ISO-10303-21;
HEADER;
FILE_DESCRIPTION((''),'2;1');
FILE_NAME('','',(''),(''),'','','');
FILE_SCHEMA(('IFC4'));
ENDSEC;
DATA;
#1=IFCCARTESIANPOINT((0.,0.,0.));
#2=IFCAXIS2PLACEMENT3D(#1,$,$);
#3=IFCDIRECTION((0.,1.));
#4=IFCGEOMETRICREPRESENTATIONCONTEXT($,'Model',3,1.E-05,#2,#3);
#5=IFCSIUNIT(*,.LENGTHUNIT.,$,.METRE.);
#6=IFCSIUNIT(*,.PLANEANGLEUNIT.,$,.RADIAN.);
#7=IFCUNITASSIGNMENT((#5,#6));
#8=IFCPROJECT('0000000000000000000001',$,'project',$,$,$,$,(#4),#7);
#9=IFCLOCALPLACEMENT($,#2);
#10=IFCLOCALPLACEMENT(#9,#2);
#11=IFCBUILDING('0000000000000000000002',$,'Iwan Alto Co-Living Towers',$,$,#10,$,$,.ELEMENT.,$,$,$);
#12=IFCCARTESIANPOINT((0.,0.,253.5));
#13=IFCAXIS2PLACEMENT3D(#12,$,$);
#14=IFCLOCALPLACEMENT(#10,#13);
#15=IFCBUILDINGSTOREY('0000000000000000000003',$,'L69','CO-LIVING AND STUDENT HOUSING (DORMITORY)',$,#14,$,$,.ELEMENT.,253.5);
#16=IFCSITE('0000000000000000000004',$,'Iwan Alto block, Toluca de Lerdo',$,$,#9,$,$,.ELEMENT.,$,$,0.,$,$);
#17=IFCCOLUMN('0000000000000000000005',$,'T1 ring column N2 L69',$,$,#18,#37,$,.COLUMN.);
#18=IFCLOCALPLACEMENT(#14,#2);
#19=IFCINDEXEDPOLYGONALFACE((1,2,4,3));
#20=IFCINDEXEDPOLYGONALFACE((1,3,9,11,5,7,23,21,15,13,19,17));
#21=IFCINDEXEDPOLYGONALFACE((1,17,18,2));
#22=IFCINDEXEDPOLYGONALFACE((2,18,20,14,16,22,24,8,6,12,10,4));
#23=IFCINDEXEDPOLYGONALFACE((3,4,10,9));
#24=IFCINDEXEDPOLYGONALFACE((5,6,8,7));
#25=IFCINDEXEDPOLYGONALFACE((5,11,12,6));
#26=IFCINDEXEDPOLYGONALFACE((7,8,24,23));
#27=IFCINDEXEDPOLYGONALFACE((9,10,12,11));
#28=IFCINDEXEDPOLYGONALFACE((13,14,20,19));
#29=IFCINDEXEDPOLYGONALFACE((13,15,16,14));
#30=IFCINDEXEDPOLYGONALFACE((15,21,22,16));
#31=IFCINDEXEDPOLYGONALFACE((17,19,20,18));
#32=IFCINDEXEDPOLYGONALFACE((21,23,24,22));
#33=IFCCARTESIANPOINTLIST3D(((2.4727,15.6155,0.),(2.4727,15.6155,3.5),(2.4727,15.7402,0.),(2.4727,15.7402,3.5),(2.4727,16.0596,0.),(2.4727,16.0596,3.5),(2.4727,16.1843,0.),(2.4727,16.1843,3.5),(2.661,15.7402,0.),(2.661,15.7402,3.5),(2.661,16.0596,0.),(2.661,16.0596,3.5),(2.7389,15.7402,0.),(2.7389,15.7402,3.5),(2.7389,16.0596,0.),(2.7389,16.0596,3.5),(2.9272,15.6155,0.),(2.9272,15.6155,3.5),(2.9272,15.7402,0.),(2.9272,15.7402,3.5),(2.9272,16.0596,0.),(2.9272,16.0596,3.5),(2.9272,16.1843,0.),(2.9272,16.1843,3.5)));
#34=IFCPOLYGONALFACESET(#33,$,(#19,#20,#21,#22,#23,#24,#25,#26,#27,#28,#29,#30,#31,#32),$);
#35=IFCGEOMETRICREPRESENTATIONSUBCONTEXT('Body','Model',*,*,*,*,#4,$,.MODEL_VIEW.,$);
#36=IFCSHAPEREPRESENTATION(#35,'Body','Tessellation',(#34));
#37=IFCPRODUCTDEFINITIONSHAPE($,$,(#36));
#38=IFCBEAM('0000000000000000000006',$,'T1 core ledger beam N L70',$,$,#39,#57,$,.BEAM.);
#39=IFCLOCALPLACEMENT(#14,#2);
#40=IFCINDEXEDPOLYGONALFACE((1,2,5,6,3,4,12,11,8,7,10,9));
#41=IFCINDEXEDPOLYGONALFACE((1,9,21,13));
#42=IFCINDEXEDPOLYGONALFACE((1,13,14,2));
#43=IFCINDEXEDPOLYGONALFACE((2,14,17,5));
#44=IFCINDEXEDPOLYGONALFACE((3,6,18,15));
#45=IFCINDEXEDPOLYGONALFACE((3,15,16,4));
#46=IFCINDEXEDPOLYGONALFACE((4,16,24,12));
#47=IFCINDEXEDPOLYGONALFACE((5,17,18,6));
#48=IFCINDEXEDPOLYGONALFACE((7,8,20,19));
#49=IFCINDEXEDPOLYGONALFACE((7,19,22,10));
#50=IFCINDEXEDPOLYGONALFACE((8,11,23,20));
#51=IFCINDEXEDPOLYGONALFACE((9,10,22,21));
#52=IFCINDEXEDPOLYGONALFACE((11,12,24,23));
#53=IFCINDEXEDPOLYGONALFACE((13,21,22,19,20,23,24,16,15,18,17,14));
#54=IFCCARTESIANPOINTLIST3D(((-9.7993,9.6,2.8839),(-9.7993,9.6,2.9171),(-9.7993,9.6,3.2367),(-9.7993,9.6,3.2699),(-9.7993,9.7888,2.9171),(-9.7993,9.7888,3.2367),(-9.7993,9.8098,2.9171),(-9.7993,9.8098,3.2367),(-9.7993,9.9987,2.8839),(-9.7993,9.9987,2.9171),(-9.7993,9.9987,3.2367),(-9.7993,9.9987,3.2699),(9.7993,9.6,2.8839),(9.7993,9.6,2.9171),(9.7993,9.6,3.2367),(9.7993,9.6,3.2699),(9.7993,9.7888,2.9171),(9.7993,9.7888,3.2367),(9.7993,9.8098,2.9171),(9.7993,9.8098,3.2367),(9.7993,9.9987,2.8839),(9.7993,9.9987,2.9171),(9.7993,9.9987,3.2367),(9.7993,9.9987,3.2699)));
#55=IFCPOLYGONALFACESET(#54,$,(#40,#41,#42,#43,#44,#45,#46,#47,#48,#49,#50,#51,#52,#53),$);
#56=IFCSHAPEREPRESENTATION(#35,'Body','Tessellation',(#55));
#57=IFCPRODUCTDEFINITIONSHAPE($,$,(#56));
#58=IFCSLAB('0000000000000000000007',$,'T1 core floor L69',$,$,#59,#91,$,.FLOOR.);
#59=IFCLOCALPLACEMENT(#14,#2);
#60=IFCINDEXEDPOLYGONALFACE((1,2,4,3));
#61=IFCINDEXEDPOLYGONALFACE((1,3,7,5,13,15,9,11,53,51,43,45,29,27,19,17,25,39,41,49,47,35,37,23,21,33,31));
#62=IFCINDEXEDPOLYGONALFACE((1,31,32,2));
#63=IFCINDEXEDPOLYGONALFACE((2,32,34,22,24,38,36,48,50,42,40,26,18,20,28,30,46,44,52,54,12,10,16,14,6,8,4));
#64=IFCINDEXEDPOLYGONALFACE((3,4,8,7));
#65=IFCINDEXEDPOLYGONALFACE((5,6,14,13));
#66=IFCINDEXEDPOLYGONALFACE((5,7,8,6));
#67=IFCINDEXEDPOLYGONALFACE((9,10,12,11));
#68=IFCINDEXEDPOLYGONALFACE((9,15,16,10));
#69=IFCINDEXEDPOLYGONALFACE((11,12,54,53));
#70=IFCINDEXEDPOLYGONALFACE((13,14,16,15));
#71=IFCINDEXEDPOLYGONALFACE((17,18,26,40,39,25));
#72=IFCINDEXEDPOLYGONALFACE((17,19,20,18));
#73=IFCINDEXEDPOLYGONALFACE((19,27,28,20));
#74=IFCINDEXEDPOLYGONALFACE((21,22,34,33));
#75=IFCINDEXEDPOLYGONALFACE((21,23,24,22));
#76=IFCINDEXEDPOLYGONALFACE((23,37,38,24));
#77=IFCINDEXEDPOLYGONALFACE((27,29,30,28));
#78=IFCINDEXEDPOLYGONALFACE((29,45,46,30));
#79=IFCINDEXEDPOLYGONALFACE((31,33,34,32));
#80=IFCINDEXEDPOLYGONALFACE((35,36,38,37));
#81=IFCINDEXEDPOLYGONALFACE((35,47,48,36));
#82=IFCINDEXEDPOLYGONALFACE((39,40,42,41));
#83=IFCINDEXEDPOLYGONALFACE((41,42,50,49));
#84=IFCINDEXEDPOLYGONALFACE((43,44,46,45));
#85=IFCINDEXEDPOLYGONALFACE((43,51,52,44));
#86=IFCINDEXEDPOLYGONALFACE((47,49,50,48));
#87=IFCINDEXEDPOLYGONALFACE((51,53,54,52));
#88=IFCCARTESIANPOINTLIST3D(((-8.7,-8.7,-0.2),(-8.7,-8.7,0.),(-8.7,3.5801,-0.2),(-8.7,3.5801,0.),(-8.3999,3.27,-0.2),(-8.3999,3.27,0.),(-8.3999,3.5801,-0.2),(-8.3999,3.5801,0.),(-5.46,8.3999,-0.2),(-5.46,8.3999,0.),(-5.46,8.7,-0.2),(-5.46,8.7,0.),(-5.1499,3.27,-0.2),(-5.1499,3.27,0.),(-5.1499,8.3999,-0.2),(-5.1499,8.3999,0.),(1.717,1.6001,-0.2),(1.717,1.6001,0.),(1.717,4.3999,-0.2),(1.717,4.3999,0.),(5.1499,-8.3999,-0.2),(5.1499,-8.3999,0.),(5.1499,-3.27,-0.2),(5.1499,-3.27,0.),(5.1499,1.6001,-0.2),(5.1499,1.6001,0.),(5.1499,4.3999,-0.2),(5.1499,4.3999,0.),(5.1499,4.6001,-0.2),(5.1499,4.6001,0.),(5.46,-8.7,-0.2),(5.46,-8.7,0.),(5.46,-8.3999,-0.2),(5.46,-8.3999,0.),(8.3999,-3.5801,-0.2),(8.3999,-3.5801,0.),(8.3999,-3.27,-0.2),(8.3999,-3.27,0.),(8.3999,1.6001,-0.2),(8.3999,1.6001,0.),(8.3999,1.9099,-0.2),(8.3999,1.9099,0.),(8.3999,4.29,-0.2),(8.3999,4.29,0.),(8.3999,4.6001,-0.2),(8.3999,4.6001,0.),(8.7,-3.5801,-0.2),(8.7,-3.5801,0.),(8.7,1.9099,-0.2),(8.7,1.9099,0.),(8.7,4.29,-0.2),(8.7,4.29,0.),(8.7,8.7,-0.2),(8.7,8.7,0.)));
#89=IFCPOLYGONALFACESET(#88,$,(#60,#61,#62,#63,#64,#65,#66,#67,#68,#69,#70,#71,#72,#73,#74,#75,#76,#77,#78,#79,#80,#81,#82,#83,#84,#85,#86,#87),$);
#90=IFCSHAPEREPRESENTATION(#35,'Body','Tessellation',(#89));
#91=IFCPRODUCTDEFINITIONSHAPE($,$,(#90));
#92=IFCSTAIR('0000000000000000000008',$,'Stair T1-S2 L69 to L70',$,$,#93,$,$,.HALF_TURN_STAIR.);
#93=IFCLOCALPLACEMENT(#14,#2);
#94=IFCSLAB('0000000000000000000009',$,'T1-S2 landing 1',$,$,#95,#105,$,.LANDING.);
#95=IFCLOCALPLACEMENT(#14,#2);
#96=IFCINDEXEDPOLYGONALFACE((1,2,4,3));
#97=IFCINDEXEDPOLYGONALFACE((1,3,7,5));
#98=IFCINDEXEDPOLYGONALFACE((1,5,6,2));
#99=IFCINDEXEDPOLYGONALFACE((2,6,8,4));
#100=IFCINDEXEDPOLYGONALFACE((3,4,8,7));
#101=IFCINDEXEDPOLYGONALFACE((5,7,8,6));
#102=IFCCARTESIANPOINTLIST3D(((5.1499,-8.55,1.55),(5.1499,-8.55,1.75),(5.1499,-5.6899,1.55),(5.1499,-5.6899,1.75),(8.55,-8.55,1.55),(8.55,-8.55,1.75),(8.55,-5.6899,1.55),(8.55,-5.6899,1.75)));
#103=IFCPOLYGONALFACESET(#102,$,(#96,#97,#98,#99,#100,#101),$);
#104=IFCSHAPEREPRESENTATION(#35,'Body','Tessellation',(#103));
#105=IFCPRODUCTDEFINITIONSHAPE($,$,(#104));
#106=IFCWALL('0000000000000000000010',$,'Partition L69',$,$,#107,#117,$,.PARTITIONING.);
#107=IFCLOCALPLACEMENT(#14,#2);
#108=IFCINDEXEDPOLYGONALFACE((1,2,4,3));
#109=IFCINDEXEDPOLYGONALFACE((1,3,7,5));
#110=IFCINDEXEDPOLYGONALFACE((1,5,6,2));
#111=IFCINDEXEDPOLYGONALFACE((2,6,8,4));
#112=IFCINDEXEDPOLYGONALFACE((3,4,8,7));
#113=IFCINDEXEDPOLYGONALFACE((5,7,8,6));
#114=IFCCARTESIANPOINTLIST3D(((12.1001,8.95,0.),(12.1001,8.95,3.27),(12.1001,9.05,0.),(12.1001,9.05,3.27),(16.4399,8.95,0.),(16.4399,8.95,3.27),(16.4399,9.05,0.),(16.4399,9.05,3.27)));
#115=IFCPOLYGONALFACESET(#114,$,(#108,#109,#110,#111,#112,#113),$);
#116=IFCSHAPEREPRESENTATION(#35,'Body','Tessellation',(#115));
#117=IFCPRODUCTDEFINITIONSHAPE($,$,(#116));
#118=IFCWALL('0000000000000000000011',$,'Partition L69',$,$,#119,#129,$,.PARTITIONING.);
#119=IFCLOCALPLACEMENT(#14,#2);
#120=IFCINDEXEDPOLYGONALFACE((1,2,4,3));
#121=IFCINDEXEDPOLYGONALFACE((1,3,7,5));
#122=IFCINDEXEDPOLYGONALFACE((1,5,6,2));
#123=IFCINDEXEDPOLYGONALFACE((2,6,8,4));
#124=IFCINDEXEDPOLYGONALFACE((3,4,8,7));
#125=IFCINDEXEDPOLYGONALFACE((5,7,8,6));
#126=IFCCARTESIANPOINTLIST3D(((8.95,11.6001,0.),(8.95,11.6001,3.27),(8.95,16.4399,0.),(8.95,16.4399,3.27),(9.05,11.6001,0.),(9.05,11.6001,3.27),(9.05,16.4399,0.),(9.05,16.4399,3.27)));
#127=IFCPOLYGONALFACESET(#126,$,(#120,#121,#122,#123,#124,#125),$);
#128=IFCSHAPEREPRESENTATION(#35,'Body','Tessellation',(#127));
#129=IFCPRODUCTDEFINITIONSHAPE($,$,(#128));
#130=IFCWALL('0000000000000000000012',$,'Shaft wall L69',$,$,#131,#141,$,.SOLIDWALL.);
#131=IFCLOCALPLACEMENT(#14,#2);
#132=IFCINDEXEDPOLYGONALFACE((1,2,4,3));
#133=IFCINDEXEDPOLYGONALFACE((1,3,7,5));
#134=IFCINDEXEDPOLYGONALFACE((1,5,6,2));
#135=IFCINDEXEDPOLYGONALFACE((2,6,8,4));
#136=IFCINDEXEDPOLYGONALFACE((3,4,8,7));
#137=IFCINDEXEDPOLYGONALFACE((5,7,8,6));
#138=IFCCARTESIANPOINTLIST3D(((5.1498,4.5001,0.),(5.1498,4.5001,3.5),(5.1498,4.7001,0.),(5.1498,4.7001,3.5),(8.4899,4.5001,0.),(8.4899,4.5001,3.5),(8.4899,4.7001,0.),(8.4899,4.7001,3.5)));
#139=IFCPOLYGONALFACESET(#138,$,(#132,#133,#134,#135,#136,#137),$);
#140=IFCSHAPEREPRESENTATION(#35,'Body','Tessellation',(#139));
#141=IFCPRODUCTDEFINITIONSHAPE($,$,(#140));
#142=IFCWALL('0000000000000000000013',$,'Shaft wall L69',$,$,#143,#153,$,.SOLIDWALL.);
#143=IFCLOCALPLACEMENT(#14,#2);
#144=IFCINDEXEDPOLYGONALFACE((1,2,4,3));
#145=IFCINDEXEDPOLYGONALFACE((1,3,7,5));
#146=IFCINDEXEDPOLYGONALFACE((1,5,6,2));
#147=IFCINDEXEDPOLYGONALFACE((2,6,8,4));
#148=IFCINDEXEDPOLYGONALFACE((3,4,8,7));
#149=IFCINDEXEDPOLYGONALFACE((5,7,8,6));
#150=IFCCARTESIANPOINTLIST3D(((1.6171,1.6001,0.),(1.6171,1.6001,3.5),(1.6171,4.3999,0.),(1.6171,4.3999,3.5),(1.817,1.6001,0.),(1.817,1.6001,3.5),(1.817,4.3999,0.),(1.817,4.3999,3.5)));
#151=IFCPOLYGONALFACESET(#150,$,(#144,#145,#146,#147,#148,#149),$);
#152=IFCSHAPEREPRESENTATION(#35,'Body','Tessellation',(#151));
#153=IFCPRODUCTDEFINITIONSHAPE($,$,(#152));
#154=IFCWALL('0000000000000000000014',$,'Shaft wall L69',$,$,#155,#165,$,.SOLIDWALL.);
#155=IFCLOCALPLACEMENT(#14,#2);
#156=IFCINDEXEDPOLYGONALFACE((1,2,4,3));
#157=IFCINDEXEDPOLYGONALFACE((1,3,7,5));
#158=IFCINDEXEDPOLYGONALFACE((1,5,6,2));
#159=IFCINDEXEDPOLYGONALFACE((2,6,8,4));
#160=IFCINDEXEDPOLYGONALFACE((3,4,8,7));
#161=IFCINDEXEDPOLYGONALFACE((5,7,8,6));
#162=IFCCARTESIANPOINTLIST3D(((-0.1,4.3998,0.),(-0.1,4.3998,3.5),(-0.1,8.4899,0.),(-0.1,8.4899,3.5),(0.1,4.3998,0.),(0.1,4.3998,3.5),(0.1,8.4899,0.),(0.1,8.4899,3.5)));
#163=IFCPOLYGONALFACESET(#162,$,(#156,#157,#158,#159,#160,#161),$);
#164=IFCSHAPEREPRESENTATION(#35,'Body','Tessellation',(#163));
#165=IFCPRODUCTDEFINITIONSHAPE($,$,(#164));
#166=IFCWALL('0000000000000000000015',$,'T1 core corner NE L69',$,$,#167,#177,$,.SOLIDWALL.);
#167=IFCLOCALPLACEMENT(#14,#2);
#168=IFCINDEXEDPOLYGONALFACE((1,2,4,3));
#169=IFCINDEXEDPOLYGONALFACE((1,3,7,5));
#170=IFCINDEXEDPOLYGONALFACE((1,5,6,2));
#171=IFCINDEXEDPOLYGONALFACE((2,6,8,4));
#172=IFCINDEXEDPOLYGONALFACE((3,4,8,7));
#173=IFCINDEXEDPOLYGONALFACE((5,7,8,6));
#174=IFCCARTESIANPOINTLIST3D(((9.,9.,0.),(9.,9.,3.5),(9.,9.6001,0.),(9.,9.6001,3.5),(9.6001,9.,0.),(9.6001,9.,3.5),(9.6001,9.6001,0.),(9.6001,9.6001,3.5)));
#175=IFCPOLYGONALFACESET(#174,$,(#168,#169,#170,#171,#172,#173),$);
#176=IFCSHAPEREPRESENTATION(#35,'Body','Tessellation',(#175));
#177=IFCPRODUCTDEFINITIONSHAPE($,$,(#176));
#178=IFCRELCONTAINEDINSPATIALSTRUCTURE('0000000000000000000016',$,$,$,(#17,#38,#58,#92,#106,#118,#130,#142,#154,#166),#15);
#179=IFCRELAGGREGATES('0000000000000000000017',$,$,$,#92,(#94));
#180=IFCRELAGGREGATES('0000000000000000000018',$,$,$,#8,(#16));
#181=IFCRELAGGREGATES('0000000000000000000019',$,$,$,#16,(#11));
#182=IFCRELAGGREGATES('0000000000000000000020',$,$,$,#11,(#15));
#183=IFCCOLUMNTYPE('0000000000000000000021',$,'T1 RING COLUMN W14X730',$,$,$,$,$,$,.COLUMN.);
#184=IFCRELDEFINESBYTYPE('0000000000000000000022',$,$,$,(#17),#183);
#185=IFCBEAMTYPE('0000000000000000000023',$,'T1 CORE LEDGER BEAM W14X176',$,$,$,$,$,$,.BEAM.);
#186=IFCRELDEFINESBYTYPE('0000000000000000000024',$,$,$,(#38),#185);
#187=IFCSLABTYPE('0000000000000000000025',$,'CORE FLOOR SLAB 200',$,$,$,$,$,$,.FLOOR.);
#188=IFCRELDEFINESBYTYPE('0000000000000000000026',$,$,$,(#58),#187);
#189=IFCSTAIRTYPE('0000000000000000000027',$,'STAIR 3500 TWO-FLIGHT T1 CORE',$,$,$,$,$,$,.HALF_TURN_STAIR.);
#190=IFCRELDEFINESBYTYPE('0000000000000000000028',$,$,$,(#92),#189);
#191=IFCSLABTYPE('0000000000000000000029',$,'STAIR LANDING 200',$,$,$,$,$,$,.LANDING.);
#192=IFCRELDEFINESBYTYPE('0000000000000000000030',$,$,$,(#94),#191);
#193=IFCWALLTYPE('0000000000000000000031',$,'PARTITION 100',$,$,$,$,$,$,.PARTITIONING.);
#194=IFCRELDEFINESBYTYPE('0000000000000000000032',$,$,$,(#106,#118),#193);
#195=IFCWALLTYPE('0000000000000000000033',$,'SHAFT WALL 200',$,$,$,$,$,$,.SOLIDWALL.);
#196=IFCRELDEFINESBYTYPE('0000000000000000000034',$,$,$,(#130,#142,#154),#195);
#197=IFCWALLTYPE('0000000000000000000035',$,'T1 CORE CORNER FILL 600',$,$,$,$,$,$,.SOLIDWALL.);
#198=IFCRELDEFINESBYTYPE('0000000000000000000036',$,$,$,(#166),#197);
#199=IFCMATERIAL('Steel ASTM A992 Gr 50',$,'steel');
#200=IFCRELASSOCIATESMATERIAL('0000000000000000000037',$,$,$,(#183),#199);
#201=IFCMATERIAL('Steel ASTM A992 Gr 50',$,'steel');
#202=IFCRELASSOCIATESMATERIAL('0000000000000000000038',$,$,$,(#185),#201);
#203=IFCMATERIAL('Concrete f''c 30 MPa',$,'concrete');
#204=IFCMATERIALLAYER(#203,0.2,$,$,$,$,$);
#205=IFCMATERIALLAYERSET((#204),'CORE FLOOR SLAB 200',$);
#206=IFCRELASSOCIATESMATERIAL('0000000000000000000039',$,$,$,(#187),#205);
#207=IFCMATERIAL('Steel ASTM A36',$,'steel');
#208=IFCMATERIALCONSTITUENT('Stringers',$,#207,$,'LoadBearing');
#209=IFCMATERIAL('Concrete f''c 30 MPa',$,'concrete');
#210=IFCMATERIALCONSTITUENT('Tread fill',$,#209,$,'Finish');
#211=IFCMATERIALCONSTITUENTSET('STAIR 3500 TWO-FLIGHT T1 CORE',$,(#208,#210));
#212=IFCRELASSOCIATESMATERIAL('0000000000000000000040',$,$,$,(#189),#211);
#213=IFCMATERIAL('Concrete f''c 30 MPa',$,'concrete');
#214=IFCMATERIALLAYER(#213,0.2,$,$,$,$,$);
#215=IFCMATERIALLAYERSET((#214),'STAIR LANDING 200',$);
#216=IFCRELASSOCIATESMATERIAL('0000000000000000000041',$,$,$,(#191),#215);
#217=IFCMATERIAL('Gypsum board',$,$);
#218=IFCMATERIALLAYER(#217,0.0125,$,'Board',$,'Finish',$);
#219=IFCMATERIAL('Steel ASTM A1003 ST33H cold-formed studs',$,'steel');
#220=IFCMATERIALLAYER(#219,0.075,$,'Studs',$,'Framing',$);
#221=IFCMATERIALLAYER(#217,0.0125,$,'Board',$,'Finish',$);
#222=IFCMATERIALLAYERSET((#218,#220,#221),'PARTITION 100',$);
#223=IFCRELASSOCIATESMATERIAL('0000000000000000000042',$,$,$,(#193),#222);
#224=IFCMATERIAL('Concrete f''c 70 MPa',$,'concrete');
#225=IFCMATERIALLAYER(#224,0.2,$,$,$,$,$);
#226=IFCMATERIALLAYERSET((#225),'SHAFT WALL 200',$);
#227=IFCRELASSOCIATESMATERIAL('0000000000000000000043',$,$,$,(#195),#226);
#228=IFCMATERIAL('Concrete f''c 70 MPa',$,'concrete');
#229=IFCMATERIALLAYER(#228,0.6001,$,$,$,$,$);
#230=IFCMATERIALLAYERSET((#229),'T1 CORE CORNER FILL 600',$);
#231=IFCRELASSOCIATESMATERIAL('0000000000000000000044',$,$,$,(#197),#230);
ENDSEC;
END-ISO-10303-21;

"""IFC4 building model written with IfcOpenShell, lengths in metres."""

from ifc_helpers import new_model, si_unit, direction, frame, frame_2d, origin, origin_2d, place, context, subcontext, project, spatial, polyline, rectangle, i_section, outline, extrude, material, layer, layer_set, constituent, constituent_set, material_profile, profile_set, type_object, element, aggregate, save


model = new_model("IFC4")

# Units and contexts
model_context = context("Model", 3, precision=1e-05, world=origin(), true_north=direction((0.0, 1.0)))
body_context = subcontext(model_context, "Body", "Model", "MODEL_VIEW")
ifc_project = project(units=[si_unit("LENGTHUNIT", "METRE"), si_unit("PLANEANGLEUNIT", "RADIAN")], contexts=[model_context])

# Site, building, storey
site_placement = place(None, origin())
site = spatial("IfcSite", under=ifc_project, at=site_placement, Name="Iwan Alto block, Toluca de Lerdo", CompositionType="ELEMENT", RefElevation=0.0)
building_placement = place(site_placement, origin())
building = spatial("IfcBuilding", under=site, at=building_placement, Name="Iwan Alto Co-Living Towers", CompositionType="ELEMENT")
storey_placement = place(building_placement, frame((0.0, 0.0, 253.5)))
storey = spatial("IfcBuildingStorey", under=building, at=storey_placement, Name="L69", Description="CO-LIVING AND STUDENT HOUSING (DORMITORY)", CompositionType="ELEMENT", Elevation=253.5)

# Column
ifc_material_1 = material(Name="Steel ASTM A992 Gr 50", Category="steel")
ifc_material_profile_1 = material_profile(ifc_material_1, i_section(OverallWidth=0.4546, OverallDepth=0.5688, WebThickness=0.0779, FlangeThickness=0.1248, at=origin_2d()), Name="W14X730")
ifc_profile_set_1 = profile_set([ifc_material_profile_1], Name="Steel ASTM A992 Gr 50")
column_type = type_object("IfcColumnType", Name="T1 RING COLUMN W14X730", PredefinedType="COLUMN", material=ifc_profile_set_1)
column_placement = place(storey_placement, frame((2.7, 15.8999, 0.0), z_axis=(0.0, 0.0, 1.0), x_axis=(1.0, 0.0, 0.0)))
element("IfcColumn", 1, at=column_placement, inside=storey, type_object=column_type, Name="T1 ring column N2 L69", PredefinedType="COLUMN", context=body_context, shape_type="SweptSolid", body=[
    extrude(i_section(OverallWidth=0.4546, OverallDepth=0.5688, WebThickness=0.0779, FlangeThickness=0.1248, at=origin_2d()), origin(), (0.0, 0.0, 1.0), 3.5),
])

# Beam
ifc_material_2 = material(Name="Steel ASTM A992 Gr 50", Category="steel")
ifc_material_profile_2 = material_profile(ifc_material_2, i_section(OverallWidth=0.3987, OverallDepth=0.386, WebThickness=0.021, FlangeThickness=0.0332, at=origin_2d()), Name="W14X176")
ifc_profile_set_2 = profile_set([ifc_material_profile_2], Name="Steel ASTM A992 Gr 50")
beam_type = type_object("IfcBeamType", Name="T1 CORE LEDGER BEAM W14X176", PredefinedType="BEAM", material=ifc_profile_set_2)
beam_placement = place(storey_placement, frame((9.7993, 9.7993, 3.0769), z_axis=(-1.0, 0.0, 0.0), x_axis=(0.0, -1.0, 0.0)))
element("IfcBeam", 2, at=beam_placement, inside=storey, type_object=beam_type, Name="T1 core ledger beam N L70", PredefinedType="BEAM", context=body_context, shape_type="SweptSolid", body=[
    extrude(i_section(OverallWidth=0.3987, OverallDepth=0.386, WebThickness=0.021, FlangeThickness=0.0332, at=origin_2d()), origin(), (0.0, 0.0, 1.0), 19.5986),
])

# Slab
ifc_material_3 = material(Name="Concrete f'c 30 MPa", Category="concrete")
ifc_layer_1 = layer(ifc_material_3, 0.2)
ifc_layer_set_1 = layer_set([ifc_layer_1], Name="CORE FLOOR SLAB 200")
slab_type_1 = type_object("IfcSlabType", Name="CORE FLOOR SLAB 200", PredefinedType="FLOOR", material=ifc_layer_set_1)
slab_1_placement = place(storey_placement, frame((0.0, 0.0, -0.2)))
element("IfcSlab", 3, at=slab_1_placement, inside=storey, type_object=slab_type_1, Name="T1 core floor L69", PredefinedType="FLOOR", context=body_context, shape_type="SweptSolid", body=[
    extrude(outline(polyline([(-8.7, 3.5801), (-8.3999, 3.5801), (-8.3999, 3.27), (-5.1499, 3.27), (-5.1499, 8.3999), (-5.46, 8.3999), (-5.46, 8.7), (8.7, 8.7), (8.7, 4.29), (8.3999, 4.29), (8.3999, 4.6001), (5.1499, 4.6001), (5.1499, 4.3999), (1.717, 4.3999), (1.717, 1.6001), (5.1499, 1.6001), (8.3999, 1.6001), (8.3999, 1.9099), (8.7, 1.9099), (8.7, -3.5801), (8.3999, -3.5801), (8.3999, -3.27), (5.1499, -3.27), (5.1499, -8.3999), (5.46, -8.3999), (5.46, -8.7), (-8.7, -8.7), (-8.7, 3.5801)])), origin(), (0.0, 0.0, 1.0), 0.2),
])

# Stair, slab
ifc_material_4 = material(Name="Steel ASTM A36", Category="steel")
ifc_constituent_1 = constituent(ifc_material_4, Name="Stringers", Category="LoadBearing")
ifc_material_5 = material(Name="Concrete f'c 30 MPa", Category="concrete")
ifc_constituent_2 = constituent(ifc_material_5, Name="Tread fill", Category="Finish")
ifc_constituent_set = constituent_set(constituents=[ifc_constituent_1, ifc_constituent_2], Name="STAIR 3500 TWO-FLIGHT T1 CORE")
stair_type = type_object("IfcStairType", Name="STAIR 3500 TWO-FLIGHT T1 CORE", PredefinedType="HALF_TURN_STAIR", material=ifc_constituent_set)
stair_placement = place(storey_placement, origin())
stair = element("IfcStair", 4, at=stair_placement, inside=storey, type_object=stair_type, Name="Stair T1-S2 L69 to L70", PredefinedType="HALF_TURN_STAIR")
ifc_material_6 = material(Name="Concrete f'c 30 MPa", Category="concrete")
ifc_layer_2 = layer(ifc_material_6, 0.2)
ifc_layer_set_2 = layer_set([ifc_layer_2], Name="STAIR LANDING 200")
slab_type_2 = type_object("IfcSlabType", Name="STAIR LANDING 200", PredefinedType="LANDING", material=ifc_layer_set_2)
slab_2_placement = place(storey_placement, frame((0.0, 0.0, 1.55)))
slab_2 = element("IfcSlab", 5, at=slab_2_placement, type_object=slab_type_2, Name="T1-S2 landing 1", PredefinedType="LANDING", context=body_context, shape_type="SweptSolid", body=[
    extrude(outline(polyline([(5.1499, -5.6899), (5.1499, -8.55), (8.55, -8.55), (8.55, -5.6899), (5.1499, -5.6899)])), origin(), (0.0, 0.0, 1.0), 0.2),
])
aggregate(stair, [slab_2])

# Walls
ifc_material_7 = material(Name="Gypsum board")
ifc_layer_3 = layer(ifc_material_7, 0.0125, Name="Board", Category="Finish")
ifc_material_8 = material(Name="Steel ASTM A1003 ST33H cold-formed studs", Category="steel")
ifc_layer_4 = layer(ifc_material_8, 0.075, Name="Studs", Category="Framing")
ifc_layer_5 = layer(ifc_material_7, 0.0125, Name="Board", Category="Finish")
ifc_layer_set_3 = layer_set([ifc_layer_3, ifc_layer_4, ifc_layer_5], Name="PARTITION 100")
wall_type_1 = type_object("IfcWallType", Name="PARTITION 100", PredefinedType="PARTITIONING", material=ifc_layer_set_3)
wall_1_placement = place(storey_placement, frame((12.1001, 9.0, 0.0), z_axis=(0.0, 0.0, 1.0), x_axis=(1.0, 0.0, 0.0)))
element("IfcWall", 6, at=wall_1_placement, inside=storey, type_object=wall_type_1, Name="Partition L69", PredefinedType="PARTITIONING", context=body_context, shape_type="SweptSolid", body=[
    extrude(rectangle(XDim=4.3398, YDim=0.1001, at=frame_2d((2.1699, 0.0))), origin(), (0.0, 0.0, 1.0), 3.27),
])
wall_2_placement = place(storey_placement, frame((9.0, 11.6001, 0.0), z_axis=(0.0, 0.0, 1.0), x_axis=(0.0, 1.0, 0.0)))
element("IfcWall", 7, at=wall_2_placement, inside=storey, type_object=wall_type_1, Name="Partition L69", PredefinedType="PARTITIONING", context=body_context, shape_type="SweptSolid", body=[
    extrude(rectangle(XDim=4.8398, YDim=0.1001, at=frame_2d((2.4199, 0.0))), origin(), (0.0, 0.0, 1.0), 3.27),
])
ifc_material_9 = material(Name="Concrete f'c 70 MPa", Category="concrete")
ifc_layer_6 = layer(ifc_material_9, 0.2)
ifc_layer_set_4 = layer_set([ifc_layer_6], Name="SHAFT WALL 200")
wall_type_2 = type_object("IfcWallType", Name="SHAFT WALL 200", PredefinedType="SOLIDWALL", material=ifc_layer_set_4)
wall_3_placement = place(storey_placement, frame((5.1499, 4.6001, 0.0), z_axis=(0.0, 0.0, 1.0), x_axis=(1.0, 0.0, 0.0)))
element("IfcWall", 8, at=wall_3_placement, inside=storey, type_object=wall_type_2, Name="Shaft wall L69", PredefinedType="SOLIDWALL", context=body_context, shape_type="SweptSolid", body=[
    extrude(rectangle(XDim=3.3401, YDim=0.2, at=frame_2d((1.6699, 0.0))), origin(), (0.0, 0.0, 1.0), 3.5),
])
wall_4_placement = place(storey_placement, frame((1.717, 1.6001, 0.0), z_axis=(0.0, 0.0, 1.0), x_axis=(0.0, 1.0, 0.0)))
element("IfcWall", 9, at=wall_4_placement, inside=storey, type_object=wall_type_2, Name="Shaft wall L69", PredefinedType="SOLIDWALL", context=body_context, shape_type="SweptSolid", body=[
    extrude(rectangle(XDim=2.7998, YDim=0.2, at=frame_2d((1.3999, 0.0))), origin(), (0.0, 0.0, 1.0), 3.5),
])
wall_5_placement = place(storey_placement, frame((0.0, 4.3999, 0.0), z_axis=(0.0, 0.0, 1.0), x_axis=(0.0, 1.0, 0.0)))
element("IfcWall", 10, at=wall_5_placement, inside=storey, type_object=wall_type_2, Name="Shaft wall L69", PredefinedType="SOLIDWALL", context=body_context, shape_type="SweptSolid", body=[
    extrude(rectangle(XDim=4.0901, YDim=0.2, at=frame_2d((2.0449, 0.0))), origin(), (0.0, 0.0, 1.0), 3.5),
])
ifc_material_10 = material(Name="Concrete f'c 70 MPa", Category="concrete")
ifc_layer_7 = layer(ifc_material_10, 0.6001)
ifc_layer_set_5 = layer_set([ifc_layer_7], Name="T1 CORE CORNER FILL 600")
wall_type_3 = type_object("IfcWallType", Name="T1 CORE CORNER FILL 600", PredefinedType="SOLIDWALL", material=ifc_layer_set_5)
wall_6_placement = place(storey_placement, frame((9.0, 9.3, 0.0), z_axis=(0.0, 0.0, 1.0), x_axis=(1.0, 0.0, 0.0)))
element("IfcWall", 11, at=wall_6_placement, inside=storey, type_object=wall_type_3, Name="T1 core corner NE L69", PredefinedType="SOLIDWALL", context=body_context, shape_type="SweptSolid", body=[
    extrude(rectangle(XDim=0.6001, YDim=0.6001, at=frame_2d((0.3, 0.0))), origin(), (0.0, 0.0, 1.0), 3.5),
])

save(model, "model.ifc")
